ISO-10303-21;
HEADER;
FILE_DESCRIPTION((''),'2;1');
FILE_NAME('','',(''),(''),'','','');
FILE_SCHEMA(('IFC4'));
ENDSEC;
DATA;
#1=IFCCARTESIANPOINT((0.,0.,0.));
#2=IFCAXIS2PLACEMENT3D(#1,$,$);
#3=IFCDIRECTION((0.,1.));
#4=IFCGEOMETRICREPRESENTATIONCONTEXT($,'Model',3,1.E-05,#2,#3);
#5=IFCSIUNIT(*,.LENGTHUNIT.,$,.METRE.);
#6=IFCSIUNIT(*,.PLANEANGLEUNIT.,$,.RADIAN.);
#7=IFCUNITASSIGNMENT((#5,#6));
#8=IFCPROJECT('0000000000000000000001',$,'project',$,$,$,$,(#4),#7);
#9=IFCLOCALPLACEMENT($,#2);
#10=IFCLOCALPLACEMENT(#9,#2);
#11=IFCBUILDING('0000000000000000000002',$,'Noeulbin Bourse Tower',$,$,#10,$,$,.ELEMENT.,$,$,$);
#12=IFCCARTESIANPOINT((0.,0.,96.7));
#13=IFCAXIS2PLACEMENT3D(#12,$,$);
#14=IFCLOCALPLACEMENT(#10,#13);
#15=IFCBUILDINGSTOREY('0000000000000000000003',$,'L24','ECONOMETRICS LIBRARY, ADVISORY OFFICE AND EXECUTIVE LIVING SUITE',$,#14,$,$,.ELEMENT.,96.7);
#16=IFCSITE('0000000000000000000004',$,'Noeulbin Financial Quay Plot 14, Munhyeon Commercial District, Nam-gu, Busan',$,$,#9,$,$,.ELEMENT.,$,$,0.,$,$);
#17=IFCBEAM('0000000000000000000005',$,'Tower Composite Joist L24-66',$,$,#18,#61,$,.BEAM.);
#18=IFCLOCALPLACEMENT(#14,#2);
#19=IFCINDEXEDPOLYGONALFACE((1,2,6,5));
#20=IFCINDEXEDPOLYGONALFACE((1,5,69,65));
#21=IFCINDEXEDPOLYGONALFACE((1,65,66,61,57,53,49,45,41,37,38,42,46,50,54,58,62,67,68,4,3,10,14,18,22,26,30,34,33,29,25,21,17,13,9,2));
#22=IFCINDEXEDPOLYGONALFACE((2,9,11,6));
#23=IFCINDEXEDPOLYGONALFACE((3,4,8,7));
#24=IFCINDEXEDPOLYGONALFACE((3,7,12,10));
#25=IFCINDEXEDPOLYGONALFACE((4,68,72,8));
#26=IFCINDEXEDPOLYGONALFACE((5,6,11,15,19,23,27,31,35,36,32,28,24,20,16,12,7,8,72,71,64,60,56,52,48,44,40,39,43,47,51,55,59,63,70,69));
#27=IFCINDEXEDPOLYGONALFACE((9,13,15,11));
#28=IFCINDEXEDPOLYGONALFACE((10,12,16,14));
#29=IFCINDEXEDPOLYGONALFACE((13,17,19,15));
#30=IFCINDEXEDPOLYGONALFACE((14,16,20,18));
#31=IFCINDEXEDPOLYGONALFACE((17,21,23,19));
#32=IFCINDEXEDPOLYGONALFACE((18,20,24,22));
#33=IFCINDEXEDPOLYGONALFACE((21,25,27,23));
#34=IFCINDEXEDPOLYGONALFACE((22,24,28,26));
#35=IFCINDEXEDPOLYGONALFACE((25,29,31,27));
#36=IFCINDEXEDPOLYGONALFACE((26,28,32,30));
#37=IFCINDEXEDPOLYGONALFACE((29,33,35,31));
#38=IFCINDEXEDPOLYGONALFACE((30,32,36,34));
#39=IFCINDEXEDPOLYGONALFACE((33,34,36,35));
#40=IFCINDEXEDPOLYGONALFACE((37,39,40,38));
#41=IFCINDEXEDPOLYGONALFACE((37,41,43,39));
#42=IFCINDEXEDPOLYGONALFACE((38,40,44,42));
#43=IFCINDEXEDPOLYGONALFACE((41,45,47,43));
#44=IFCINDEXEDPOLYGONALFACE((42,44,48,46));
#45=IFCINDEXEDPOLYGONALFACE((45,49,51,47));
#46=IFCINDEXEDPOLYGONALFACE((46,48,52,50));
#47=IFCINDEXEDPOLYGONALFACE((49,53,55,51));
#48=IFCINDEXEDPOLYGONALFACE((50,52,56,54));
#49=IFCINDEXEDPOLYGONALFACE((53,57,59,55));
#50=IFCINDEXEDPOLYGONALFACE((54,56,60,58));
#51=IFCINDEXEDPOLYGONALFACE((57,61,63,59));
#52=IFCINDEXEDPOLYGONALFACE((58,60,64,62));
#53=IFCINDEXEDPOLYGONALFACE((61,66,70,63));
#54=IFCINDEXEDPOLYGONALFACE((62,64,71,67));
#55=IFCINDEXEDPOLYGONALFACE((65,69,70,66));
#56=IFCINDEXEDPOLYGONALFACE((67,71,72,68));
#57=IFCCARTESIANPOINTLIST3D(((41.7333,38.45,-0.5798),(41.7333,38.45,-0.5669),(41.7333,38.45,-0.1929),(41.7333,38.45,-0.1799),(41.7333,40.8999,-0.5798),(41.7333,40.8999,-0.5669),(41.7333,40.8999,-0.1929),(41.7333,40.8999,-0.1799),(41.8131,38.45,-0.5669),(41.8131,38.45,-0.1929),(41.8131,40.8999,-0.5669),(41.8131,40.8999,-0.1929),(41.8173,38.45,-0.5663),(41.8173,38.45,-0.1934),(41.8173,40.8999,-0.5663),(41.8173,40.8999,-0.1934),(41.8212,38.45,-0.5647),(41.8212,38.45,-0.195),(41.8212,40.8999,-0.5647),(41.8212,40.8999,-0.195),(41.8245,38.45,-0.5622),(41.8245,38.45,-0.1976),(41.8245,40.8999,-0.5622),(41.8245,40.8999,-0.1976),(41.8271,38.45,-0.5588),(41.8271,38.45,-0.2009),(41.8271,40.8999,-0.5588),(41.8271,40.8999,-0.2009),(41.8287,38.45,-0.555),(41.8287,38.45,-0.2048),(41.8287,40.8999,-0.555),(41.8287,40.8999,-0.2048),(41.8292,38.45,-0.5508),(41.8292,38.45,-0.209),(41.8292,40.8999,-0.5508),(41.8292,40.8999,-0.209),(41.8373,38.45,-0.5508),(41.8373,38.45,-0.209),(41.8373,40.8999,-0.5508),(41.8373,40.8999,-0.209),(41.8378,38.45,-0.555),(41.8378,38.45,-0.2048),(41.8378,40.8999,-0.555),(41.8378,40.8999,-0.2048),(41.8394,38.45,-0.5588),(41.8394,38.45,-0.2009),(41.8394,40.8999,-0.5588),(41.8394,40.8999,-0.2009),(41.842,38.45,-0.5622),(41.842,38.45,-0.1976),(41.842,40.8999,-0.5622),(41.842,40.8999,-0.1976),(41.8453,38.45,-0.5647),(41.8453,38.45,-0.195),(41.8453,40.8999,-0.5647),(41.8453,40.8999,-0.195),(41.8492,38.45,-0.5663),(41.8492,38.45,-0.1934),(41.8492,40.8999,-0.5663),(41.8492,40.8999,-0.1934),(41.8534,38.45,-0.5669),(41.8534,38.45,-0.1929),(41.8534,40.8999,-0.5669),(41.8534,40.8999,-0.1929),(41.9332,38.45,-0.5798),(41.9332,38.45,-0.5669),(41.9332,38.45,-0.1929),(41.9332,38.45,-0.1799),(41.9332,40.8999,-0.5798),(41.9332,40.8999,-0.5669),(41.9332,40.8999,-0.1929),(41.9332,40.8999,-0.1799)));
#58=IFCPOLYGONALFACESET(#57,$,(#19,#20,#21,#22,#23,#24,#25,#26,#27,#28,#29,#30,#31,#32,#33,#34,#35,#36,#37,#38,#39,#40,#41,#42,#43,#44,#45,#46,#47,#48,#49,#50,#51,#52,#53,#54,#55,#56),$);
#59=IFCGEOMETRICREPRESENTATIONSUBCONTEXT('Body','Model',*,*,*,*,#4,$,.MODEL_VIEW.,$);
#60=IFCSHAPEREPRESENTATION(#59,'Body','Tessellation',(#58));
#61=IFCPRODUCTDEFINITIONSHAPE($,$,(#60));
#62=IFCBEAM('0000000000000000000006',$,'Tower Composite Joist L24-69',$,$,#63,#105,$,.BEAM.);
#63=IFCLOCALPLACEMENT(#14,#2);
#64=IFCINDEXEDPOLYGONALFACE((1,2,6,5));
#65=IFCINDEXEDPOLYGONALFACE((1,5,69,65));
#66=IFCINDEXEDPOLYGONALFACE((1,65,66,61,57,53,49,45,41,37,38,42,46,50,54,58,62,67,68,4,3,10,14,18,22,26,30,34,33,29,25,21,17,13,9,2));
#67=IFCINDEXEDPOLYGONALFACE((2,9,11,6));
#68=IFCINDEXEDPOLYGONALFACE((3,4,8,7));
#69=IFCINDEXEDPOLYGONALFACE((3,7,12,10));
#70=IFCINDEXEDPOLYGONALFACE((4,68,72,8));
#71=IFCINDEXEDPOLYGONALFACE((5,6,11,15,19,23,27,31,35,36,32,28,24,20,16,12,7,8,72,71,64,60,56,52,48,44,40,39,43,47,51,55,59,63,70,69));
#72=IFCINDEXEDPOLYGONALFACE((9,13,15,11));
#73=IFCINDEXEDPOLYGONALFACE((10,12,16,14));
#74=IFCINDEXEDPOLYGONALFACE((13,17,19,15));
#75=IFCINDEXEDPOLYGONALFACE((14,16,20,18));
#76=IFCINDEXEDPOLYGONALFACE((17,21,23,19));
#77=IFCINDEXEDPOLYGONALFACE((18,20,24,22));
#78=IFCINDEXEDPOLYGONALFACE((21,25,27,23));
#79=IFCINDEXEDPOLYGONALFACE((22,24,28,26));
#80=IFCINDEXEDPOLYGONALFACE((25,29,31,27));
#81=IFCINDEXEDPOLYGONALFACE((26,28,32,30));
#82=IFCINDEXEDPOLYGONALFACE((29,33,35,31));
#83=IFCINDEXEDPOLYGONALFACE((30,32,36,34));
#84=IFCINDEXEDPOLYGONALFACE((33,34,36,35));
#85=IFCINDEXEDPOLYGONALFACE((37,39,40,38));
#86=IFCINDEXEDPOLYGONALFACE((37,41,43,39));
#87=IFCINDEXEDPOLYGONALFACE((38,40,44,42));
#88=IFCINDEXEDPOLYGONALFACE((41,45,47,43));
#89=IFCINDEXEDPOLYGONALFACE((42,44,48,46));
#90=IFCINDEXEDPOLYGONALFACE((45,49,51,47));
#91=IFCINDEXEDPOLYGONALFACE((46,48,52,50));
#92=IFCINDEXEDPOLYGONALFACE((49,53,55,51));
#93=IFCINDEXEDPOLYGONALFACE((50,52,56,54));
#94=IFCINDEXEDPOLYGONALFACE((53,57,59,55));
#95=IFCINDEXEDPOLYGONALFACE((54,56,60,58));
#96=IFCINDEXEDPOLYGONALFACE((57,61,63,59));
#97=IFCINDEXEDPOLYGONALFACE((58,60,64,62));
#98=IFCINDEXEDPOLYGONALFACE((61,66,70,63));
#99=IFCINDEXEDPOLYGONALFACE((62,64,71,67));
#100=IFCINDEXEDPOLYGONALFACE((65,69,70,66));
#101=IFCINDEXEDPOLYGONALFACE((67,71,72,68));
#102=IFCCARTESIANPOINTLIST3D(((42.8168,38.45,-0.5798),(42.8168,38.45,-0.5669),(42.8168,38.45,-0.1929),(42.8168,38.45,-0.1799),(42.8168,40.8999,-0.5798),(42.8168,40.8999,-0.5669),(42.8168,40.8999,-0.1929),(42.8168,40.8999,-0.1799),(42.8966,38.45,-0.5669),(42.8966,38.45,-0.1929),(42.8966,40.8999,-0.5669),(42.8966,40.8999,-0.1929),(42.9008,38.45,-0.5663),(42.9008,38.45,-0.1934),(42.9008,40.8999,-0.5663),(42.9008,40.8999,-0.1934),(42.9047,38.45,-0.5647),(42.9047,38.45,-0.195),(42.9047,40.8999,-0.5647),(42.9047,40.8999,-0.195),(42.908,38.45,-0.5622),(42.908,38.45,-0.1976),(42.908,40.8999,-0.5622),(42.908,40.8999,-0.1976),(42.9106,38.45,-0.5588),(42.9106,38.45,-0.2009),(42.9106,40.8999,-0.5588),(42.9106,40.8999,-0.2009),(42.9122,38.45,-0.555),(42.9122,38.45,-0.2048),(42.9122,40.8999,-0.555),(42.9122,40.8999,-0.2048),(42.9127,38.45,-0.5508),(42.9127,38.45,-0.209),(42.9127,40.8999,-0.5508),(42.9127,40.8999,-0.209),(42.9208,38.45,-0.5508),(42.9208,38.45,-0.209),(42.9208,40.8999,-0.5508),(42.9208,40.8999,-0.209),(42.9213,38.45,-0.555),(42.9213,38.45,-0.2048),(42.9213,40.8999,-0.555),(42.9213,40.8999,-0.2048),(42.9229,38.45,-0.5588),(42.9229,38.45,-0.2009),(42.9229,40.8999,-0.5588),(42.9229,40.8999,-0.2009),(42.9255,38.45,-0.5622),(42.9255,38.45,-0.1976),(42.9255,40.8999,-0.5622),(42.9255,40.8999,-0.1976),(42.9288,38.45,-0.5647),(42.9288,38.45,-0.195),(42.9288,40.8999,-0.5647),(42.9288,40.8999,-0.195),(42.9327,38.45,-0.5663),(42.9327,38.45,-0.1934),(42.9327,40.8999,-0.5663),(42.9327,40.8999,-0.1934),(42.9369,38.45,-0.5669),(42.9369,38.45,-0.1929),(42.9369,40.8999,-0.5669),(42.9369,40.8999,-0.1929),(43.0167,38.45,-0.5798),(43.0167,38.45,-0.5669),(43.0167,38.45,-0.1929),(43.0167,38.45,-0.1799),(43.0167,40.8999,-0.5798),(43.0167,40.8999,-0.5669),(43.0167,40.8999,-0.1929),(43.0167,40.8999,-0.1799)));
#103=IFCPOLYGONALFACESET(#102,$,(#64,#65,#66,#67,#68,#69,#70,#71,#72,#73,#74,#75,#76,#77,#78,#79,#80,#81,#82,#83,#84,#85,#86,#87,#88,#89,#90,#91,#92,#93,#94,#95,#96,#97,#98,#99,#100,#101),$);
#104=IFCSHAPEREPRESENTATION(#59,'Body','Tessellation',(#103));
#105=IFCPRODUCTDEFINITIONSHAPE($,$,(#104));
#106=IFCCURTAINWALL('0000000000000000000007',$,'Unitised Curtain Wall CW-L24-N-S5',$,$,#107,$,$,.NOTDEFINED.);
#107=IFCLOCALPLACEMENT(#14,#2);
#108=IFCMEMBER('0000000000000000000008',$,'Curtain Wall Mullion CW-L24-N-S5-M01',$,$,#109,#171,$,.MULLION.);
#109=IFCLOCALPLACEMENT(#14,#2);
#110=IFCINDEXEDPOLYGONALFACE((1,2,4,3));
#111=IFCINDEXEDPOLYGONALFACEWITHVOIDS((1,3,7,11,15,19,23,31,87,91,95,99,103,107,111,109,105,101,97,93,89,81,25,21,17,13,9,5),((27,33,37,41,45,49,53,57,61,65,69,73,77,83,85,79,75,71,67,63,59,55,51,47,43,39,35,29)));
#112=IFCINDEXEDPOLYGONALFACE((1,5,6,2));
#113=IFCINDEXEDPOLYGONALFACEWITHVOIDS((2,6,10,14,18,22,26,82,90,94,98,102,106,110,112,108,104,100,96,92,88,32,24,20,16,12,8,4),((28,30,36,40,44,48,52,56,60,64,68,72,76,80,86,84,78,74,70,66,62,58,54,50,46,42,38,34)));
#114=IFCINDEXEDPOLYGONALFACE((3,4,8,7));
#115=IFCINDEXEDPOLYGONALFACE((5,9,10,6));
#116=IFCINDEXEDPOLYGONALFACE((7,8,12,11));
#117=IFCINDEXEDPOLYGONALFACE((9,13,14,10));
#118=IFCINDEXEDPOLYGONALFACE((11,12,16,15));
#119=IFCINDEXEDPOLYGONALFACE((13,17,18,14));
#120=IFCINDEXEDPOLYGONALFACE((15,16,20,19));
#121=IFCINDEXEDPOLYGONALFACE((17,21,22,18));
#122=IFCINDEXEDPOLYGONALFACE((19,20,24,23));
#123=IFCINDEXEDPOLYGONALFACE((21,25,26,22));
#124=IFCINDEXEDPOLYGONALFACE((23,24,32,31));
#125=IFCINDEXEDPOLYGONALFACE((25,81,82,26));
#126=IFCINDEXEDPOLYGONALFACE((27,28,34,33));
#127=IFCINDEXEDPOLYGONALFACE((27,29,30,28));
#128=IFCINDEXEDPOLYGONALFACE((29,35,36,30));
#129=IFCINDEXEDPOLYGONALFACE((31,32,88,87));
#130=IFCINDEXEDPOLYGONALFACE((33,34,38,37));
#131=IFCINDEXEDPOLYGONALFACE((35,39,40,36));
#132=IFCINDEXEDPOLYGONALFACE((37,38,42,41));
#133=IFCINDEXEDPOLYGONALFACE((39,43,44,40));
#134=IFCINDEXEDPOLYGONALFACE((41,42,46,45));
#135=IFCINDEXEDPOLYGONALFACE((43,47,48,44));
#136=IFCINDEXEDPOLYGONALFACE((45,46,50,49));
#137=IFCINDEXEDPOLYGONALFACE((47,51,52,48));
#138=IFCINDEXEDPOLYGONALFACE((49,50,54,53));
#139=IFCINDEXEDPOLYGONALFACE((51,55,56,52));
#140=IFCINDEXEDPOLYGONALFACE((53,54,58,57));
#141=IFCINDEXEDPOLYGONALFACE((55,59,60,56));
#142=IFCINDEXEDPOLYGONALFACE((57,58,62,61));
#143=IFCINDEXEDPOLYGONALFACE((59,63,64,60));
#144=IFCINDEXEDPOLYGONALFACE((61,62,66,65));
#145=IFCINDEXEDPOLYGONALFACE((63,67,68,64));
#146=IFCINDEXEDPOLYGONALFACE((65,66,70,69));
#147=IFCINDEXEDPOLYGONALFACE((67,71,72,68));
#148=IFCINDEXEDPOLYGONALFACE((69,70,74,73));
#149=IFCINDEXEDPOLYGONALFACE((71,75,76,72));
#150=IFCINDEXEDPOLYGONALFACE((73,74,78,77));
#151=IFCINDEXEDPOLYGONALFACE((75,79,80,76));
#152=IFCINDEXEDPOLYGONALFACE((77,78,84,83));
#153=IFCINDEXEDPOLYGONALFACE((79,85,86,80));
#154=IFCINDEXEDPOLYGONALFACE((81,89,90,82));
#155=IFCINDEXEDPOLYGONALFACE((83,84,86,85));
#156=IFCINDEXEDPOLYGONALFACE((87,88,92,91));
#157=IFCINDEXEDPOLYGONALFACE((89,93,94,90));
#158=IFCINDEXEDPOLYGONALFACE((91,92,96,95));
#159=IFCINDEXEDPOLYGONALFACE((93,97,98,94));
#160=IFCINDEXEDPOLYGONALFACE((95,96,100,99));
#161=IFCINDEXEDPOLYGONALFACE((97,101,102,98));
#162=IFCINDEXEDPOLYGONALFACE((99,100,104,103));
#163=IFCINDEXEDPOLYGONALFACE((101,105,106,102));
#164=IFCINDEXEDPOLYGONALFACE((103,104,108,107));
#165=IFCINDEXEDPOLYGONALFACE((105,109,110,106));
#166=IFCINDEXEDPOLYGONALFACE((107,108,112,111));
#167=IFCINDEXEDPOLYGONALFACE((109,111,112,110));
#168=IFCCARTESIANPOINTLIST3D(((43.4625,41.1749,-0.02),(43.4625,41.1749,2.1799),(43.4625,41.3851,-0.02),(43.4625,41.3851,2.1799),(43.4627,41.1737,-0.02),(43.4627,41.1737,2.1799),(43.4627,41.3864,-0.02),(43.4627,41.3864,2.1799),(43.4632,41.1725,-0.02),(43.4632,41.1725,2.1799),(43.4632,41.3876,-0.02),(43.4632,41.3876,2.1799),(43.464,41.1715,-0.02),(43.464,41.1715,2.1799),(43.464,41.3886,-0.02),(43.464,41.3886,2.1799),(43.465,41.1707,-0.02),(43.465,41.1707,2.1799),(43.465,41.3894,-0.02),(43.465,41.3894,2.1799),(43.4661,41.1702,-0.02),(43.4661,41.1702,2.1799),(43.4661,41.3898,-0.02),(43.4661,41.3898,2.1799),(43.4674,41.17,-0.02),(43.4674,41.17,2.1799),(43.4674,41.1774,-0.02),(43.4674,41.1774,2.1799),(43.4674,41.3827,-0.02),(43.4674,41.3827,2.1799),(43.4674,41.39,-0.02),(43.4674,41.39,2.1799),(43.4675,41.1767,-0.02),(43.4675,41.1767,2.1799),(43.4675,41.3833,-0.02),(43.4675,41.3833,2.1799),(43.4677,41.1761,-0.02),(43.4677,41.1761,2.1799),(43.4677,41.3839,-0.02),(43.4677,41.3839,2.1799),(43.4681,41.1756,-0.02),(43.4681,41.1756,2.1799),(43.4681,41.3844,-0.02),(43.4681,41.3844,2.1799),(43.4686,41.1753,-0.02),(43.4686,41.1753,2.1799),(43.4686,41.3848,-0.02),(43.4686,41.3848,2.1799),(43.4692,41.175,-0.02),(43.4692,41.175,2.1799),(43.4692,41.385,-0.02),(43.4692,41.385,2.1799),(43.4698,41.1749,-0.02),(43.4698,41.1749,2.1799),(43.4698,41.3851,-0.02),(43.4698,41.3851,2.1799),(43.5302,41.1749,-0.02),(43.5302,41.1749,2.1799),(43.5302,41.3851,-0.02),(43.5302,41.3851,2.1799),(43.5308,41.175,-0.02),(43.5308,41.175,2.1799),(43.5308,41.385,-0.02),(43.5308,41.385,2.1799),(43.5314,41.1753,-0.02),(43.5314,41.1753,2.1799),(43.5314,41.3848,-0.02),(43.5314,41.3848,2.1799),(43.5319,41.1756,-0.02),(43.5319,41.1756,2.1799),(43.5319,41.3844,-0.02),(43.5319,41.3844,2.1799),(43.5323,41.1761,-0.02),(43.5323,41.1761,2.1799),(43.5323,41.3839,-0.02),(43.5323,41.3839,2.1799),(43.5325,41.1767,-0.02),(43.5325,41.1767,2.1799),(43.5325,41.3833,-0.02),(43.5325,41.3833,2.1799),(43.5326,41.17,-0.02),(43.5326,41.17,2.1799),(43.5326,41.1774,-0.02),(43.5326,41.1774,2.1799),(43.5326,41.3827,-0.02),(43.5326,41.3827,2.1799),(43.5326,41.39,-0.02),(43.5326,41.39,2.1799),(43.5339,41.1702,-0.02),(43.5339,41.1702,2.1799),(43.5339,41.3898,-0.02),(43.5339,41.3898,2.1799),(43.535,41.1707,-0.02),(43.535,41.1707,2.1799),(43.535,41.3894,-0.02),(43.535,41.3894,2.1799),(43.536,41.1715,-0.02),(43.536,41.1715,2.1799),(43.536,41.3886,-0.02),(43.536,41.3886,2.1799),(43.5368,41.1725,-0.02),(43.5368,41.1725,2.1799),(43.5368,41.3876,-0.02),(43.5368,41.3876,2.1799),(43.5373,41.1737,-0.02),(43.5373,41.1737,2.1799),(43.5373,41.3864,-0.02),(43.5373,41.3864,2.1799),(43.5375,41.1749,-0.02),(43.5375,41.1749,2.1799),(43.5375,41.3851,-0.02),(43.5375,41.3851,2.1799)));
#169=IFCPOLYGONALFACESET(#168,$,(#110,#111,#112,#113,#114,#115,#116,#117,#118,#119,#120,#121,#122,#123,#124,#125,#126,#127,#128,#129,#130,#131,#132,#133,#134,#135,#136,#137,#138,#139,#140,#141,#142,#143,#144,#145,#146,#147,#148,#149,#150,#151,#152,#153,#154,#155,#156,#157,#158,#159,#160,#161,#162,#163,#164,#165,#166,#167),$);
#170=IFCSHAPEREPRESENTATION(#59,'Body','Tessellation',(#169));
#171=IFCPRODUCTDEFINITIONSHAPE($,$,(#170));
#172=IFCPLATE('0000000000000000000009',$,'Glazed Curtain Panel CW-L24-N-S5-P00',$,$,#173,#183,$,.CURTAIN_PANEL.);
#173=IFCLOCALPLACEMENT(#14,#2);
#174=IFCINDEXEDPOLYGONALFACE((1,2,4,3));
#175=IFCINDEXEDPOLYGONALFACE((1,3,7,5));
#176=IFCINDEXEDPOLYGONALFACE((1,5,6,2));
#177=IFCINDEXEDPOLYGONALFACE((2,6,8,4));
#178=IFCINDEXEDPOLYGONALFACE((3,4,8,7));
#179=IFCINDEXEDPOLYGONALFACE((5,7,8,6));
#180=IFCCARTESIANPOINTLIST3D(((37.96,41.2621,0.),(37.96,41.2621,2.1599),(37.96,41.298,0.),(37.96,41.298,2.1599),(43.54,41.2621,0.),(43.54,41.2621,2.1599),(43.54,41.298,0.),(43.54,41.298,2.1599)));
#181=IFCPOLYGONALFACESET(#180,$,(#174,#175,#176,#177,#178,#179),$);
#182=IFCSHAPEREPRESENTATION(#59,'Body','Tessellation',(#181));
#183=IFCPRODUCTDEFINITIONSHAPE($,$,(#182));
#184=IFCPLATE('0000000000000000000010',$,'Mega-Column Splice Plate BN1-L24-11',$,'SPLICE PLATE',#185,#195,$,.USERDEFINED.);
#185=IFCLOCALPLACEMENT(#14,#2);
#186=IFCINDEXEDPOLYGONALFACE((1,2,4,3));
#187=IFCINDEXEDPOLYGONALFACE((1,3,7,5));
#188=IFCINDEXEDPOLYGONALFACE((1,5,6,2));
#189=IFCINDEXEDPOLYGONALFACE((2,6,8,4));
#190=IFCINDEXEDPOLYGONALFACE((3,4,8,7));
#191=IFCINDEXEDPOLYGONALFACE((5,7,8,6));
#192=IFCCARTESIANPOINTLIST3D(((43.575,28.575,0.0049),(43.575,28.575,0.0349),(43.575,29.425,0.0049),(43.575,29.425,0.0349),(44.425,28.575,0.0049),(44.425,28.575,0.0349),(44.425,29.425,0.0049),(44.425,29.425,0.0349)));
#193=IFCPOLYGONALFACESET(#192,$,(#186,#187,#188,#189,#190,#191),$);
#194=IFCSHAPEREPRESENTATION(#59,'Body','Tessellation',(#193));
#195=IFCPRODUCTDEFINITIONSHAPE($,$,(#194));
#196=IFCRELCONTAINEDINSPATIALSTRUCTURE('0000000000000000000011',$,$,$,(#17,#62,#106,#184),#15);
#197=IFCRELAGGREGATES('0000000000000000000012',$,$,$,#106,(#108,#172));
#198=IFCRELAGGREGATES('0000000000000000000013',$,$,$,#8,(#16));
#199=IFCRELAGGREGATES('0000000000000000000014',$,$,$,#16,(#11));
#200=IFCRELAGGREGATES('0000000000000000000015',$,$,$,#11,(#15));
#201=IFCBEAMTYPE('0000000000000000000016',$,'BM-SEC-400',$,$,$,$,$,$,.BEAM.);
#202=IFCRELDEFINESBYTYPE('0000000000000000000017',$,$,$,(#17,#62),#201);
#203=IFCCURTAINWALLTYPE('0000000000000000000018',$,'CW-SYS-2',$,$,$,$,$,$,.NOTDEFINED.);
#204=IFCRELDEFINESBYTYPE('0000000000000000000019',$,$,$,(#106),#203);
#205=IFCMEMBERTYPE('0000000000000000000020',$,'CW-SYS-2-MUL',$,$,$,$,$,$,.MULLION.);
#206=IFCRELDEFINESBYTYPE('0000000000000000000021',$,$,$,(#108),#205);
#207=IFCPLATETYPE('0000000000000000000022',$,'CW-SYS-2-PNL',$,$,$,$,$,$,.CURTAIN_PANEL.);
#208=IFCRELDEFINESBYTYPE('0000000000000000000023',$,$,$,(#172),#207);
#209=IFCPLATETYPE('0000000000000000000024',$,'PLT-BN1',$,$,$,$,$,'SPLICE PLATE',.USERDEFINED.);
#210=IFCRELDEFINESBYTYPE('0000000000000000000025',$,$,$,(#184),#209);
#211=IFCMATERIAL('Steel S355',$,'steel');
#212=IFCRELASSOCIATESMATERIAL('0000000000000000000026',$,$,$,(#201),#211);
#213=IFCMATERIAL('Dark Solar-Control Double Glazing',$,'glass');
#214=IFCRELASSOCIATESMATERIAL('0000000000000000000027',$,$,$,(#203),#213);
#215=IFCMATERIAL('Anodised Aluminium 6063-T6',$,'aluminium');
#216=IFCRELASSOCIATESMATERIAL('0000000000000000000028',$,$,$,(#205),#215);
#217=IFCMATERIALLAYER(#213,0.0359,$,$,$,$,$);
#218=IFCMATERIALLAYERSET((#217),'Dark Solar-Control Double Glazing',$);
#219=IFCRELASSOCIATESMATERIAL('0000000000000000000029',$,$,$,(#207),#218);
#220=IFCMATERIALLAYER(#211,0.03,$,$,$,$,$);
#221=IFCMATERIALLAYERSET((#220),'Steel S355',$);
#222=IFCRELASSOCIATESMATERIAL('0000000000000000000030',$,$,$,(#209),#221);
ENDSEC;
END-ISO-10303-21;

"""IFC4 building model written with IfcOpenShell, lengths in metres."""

from ifc_helpers import new_model, si_unit, direction, frame, origin, origin_2d, place, context, subcontext, project, spatial, rectangle, hollow_rectangle, i_section, extrude, material, layer, layer_set, material_profile, profile_set, type_object, element, aggregate, save


model = new_model("IFC4")

# Units and contexts
model_context = context("Model", 3, precision=1e-05, world=origin(), true_north=direction((0.0, 1.0)))
body_context = subcontext(model_context, "Body", "Model", "MODEL_VIEW")
ifc_project = project(units=[si_unit("LENGTHUNIT", "METRE"), si_unit("PLANEANGLEUNIT", "RADIAN")], contexts=[model_context])

# Site, building, storey
site_placement = place(None, origin())
site = spatial("IfcSite", under=ifc_project, at=site_placement, Name="Noeulbin Financial Quay Plot 14, Munhyeon Commercial District, Nam-gu, Busan", CompositionType="ELEMENT", RefElevation=0.0)
building_placement = place(site_placement, origin())
building = spatial("IfcBuilding", under=site, at=building_placement, Name="Noeulbin Bourse Tower", CompositionType="ELEMENT")
storey_placement = place(building_placement, frame((0.0, 0.0, 96.7)))
storey = spatial("IfcBuildingStorey", under=building, at=storey_placement, Name="L24", Description="ECONOMETRICS LIBRARY, ADVISORY OFFICE AND EXECUTIVE LIVING SUITE", CompositionType="ELEMENT", Elevation=96.7)

# Beams
ifc_material_1 = material(Name="Steel S355", Category="steel")
ifc_material_profile_1 = material_profile(ifc_material_1, i_section(OverallWidth=0.2, OverallDepth=0.3999, WebThickness=0.0081, FlangeThickness=0.0129, FilletRadius=0.0161, at=origin_2d()), Name="H-400x200x8x13", Category="LoadBearing")
ifc_profile_set_1 = profile_set([ifc_material_profile_1], Name="Steel S355")
beam_type_1 = type_object("IfcBeamType", Name="BM-SEC-400", PredefinedType="BEAM", material=ifc_profile_set_1)
for number, where, z_axis, x_axis, name in (
    (1, (41.8333, 38.45, -0.3799), (0.0, 1.0, 0.0), (-1.0, 0.0, 0.0), "Tower Composite Joist L24-66"),
    (2, (42.9167, 38.45, -0.3799), (0.0, 1.0, 0.0), (-1.0, 0.0, 0.0), "Tower Composite Joist L24-69"),
):
    element("IfcBeam", number, at=place(storey_placement, frame(where, z_axis=z_axis, x_axis=x_axis)), inside=storey, type_object=beam_type_1, Name=name, PredefinedType="BEAM", context=body_context, shape_type="SweptSolid", body=[
        extrude(i_section(OverallWidth=0.2, OverallDepth=0.3999, WebThickness=0.0081, FlangeThickness=0.0129, FilletRadius=0.0161, at=origin_2d()), origin(), (0.0, 0.0, 1.0), 2.45),
    ])

# Curtain wall, member, plate
ifc_material_2 = material(Name="Dark Solar-Control Double Glazing", Category="glass")
curtain_wall_type = type_object("IfcCurtainWallType", Name="CW-SYS-2", PredefinedType="NOTDEFINED", material=ifc_material_2)
curtain_wall_placement = place(storey_placement, origin())
curtain_wall = element("IfcCurtainWall", 3, at=curtain_wall_placement, inside=storey, type_object=curtain_wall_type, Name="Unitised Curtain Wall CW-L24-N-S5", PredefinedType="NOTDEFINED")
ifc_material_3 = material(Name="Anodised Aluminium 6063-T6", Category="aluminium")
ifc_material_profile_2 = material_profile(ifc_material_3, hollow_rectangle(XDim=0.075, YDim=0.22, WallThickness=0.0049, InnerFilletRadius=0.0024, OuterFilletRadius=0.0049, at=origin_2d()), Name="ALU-MULL-75x220x5", Category="LoadBearing")
ifc_profile_set_2 = profile_set([ifc_material_profile_2], Name="Anodised Aluminium 6063-T6")
member_type = type_object("IfcMemberType", Name="CW-SYS-2-MUL", PredefinedType="MULLION", material=ifc_profile_set_2)
member_placement = place(storey_placement, frame((43.5, 41.28, -0.02), z_axis=(0.0, 0.0, 1.0), x_axis=(1.0, 0.0, 0.0)))
member = element("IfcMember", 4, at=member_placement, type_object=member_type, Name="Curtain Wall Mullion CW-L24-N-S5-M01", PredefinedType="MULLION", context=body_context, shape_type="SweptSolid", body=[
    extrude(hollow_rectangle(XDim=0.075, YDim=0.22, WallThickness=0.0049, InnerFilletRadius=0.0024, OuterFilletRadius=0.0049, at=origin_2d()), origin(), (0.0, 0.0, 1.0), 2.2),
])
ifc_layer_1 = layer(ifc_material_2, 0.0359)
ifc_layer_set_1 = layer_set([ifc_layer_1], Name="Dark Solar-Control Double Glazing")
plate_type_1 = type_object("IfcPlateType", Name="CW-SYS-2-PNL", PredefinedType="CURTAIN_PANEL", material=ifc_layer_set_1)
plate_placement = place(storey_placement, frame((40.75, 41.28, 0.0), z_axis=(0.0, 0.0, 1.0), x_axis=(1.0, 0.0, 0.0)))
plate = element("IfcPlate", 5, at=plate_placement, type_object=plate_type_1, Name="Glazed Curtain Panel CW-L24-N-S5-P00", PredefinedType="CURTAIN_PANEL", context=body_context, shape_type="SweptSolid", body=[
    extrude(rectangle(XDim=5.5801, YDim=0.0359, at=origin_2d()), origin(), (0.0, 0.0, 1.0), 2.1599),
])
aggregate(curtain_wall, [member, plate])

# Plate
ifc_layer_2 = layer(ifc_material_1, 0.03)
ifc_layer_set_2 = layer_set([ifc_layer_2], Name="Steel S355")
plate_type_2 = type_object("IfcPlateType", Name="PLT-BN1", ElementType="SPLICE PLATE", PredefinedType="USERDEFINED", material=ifc_layer_set_2)
for number, where, z_axis, x_axis, name in (
    (6, (44.0, 29.0, 0.0049), (0.0, 0.0, 1.0), (1.0, 0.0, 0.0), "Mega-Column Splice Plate BN1-L24-11"),
):
    element("IfcPlate", number, at=place(storey_placement, frame(where, z_axis=z_axis, x_axis=x_axis)), inside=storey, type_object=plate_type_2, Name=name, ObjectType="SPLICE PLATE", PredefinedType="USERDEFINED", context=body_context, shape_type="SweptSolid", body=[
        extrude(rectangle(XDim=0.8501, YDim=0.8501, at=origin_2d()), origin(), (0.0, 0.0, 1.0), 0.03),
    ])

save(model, "model.ifc")
